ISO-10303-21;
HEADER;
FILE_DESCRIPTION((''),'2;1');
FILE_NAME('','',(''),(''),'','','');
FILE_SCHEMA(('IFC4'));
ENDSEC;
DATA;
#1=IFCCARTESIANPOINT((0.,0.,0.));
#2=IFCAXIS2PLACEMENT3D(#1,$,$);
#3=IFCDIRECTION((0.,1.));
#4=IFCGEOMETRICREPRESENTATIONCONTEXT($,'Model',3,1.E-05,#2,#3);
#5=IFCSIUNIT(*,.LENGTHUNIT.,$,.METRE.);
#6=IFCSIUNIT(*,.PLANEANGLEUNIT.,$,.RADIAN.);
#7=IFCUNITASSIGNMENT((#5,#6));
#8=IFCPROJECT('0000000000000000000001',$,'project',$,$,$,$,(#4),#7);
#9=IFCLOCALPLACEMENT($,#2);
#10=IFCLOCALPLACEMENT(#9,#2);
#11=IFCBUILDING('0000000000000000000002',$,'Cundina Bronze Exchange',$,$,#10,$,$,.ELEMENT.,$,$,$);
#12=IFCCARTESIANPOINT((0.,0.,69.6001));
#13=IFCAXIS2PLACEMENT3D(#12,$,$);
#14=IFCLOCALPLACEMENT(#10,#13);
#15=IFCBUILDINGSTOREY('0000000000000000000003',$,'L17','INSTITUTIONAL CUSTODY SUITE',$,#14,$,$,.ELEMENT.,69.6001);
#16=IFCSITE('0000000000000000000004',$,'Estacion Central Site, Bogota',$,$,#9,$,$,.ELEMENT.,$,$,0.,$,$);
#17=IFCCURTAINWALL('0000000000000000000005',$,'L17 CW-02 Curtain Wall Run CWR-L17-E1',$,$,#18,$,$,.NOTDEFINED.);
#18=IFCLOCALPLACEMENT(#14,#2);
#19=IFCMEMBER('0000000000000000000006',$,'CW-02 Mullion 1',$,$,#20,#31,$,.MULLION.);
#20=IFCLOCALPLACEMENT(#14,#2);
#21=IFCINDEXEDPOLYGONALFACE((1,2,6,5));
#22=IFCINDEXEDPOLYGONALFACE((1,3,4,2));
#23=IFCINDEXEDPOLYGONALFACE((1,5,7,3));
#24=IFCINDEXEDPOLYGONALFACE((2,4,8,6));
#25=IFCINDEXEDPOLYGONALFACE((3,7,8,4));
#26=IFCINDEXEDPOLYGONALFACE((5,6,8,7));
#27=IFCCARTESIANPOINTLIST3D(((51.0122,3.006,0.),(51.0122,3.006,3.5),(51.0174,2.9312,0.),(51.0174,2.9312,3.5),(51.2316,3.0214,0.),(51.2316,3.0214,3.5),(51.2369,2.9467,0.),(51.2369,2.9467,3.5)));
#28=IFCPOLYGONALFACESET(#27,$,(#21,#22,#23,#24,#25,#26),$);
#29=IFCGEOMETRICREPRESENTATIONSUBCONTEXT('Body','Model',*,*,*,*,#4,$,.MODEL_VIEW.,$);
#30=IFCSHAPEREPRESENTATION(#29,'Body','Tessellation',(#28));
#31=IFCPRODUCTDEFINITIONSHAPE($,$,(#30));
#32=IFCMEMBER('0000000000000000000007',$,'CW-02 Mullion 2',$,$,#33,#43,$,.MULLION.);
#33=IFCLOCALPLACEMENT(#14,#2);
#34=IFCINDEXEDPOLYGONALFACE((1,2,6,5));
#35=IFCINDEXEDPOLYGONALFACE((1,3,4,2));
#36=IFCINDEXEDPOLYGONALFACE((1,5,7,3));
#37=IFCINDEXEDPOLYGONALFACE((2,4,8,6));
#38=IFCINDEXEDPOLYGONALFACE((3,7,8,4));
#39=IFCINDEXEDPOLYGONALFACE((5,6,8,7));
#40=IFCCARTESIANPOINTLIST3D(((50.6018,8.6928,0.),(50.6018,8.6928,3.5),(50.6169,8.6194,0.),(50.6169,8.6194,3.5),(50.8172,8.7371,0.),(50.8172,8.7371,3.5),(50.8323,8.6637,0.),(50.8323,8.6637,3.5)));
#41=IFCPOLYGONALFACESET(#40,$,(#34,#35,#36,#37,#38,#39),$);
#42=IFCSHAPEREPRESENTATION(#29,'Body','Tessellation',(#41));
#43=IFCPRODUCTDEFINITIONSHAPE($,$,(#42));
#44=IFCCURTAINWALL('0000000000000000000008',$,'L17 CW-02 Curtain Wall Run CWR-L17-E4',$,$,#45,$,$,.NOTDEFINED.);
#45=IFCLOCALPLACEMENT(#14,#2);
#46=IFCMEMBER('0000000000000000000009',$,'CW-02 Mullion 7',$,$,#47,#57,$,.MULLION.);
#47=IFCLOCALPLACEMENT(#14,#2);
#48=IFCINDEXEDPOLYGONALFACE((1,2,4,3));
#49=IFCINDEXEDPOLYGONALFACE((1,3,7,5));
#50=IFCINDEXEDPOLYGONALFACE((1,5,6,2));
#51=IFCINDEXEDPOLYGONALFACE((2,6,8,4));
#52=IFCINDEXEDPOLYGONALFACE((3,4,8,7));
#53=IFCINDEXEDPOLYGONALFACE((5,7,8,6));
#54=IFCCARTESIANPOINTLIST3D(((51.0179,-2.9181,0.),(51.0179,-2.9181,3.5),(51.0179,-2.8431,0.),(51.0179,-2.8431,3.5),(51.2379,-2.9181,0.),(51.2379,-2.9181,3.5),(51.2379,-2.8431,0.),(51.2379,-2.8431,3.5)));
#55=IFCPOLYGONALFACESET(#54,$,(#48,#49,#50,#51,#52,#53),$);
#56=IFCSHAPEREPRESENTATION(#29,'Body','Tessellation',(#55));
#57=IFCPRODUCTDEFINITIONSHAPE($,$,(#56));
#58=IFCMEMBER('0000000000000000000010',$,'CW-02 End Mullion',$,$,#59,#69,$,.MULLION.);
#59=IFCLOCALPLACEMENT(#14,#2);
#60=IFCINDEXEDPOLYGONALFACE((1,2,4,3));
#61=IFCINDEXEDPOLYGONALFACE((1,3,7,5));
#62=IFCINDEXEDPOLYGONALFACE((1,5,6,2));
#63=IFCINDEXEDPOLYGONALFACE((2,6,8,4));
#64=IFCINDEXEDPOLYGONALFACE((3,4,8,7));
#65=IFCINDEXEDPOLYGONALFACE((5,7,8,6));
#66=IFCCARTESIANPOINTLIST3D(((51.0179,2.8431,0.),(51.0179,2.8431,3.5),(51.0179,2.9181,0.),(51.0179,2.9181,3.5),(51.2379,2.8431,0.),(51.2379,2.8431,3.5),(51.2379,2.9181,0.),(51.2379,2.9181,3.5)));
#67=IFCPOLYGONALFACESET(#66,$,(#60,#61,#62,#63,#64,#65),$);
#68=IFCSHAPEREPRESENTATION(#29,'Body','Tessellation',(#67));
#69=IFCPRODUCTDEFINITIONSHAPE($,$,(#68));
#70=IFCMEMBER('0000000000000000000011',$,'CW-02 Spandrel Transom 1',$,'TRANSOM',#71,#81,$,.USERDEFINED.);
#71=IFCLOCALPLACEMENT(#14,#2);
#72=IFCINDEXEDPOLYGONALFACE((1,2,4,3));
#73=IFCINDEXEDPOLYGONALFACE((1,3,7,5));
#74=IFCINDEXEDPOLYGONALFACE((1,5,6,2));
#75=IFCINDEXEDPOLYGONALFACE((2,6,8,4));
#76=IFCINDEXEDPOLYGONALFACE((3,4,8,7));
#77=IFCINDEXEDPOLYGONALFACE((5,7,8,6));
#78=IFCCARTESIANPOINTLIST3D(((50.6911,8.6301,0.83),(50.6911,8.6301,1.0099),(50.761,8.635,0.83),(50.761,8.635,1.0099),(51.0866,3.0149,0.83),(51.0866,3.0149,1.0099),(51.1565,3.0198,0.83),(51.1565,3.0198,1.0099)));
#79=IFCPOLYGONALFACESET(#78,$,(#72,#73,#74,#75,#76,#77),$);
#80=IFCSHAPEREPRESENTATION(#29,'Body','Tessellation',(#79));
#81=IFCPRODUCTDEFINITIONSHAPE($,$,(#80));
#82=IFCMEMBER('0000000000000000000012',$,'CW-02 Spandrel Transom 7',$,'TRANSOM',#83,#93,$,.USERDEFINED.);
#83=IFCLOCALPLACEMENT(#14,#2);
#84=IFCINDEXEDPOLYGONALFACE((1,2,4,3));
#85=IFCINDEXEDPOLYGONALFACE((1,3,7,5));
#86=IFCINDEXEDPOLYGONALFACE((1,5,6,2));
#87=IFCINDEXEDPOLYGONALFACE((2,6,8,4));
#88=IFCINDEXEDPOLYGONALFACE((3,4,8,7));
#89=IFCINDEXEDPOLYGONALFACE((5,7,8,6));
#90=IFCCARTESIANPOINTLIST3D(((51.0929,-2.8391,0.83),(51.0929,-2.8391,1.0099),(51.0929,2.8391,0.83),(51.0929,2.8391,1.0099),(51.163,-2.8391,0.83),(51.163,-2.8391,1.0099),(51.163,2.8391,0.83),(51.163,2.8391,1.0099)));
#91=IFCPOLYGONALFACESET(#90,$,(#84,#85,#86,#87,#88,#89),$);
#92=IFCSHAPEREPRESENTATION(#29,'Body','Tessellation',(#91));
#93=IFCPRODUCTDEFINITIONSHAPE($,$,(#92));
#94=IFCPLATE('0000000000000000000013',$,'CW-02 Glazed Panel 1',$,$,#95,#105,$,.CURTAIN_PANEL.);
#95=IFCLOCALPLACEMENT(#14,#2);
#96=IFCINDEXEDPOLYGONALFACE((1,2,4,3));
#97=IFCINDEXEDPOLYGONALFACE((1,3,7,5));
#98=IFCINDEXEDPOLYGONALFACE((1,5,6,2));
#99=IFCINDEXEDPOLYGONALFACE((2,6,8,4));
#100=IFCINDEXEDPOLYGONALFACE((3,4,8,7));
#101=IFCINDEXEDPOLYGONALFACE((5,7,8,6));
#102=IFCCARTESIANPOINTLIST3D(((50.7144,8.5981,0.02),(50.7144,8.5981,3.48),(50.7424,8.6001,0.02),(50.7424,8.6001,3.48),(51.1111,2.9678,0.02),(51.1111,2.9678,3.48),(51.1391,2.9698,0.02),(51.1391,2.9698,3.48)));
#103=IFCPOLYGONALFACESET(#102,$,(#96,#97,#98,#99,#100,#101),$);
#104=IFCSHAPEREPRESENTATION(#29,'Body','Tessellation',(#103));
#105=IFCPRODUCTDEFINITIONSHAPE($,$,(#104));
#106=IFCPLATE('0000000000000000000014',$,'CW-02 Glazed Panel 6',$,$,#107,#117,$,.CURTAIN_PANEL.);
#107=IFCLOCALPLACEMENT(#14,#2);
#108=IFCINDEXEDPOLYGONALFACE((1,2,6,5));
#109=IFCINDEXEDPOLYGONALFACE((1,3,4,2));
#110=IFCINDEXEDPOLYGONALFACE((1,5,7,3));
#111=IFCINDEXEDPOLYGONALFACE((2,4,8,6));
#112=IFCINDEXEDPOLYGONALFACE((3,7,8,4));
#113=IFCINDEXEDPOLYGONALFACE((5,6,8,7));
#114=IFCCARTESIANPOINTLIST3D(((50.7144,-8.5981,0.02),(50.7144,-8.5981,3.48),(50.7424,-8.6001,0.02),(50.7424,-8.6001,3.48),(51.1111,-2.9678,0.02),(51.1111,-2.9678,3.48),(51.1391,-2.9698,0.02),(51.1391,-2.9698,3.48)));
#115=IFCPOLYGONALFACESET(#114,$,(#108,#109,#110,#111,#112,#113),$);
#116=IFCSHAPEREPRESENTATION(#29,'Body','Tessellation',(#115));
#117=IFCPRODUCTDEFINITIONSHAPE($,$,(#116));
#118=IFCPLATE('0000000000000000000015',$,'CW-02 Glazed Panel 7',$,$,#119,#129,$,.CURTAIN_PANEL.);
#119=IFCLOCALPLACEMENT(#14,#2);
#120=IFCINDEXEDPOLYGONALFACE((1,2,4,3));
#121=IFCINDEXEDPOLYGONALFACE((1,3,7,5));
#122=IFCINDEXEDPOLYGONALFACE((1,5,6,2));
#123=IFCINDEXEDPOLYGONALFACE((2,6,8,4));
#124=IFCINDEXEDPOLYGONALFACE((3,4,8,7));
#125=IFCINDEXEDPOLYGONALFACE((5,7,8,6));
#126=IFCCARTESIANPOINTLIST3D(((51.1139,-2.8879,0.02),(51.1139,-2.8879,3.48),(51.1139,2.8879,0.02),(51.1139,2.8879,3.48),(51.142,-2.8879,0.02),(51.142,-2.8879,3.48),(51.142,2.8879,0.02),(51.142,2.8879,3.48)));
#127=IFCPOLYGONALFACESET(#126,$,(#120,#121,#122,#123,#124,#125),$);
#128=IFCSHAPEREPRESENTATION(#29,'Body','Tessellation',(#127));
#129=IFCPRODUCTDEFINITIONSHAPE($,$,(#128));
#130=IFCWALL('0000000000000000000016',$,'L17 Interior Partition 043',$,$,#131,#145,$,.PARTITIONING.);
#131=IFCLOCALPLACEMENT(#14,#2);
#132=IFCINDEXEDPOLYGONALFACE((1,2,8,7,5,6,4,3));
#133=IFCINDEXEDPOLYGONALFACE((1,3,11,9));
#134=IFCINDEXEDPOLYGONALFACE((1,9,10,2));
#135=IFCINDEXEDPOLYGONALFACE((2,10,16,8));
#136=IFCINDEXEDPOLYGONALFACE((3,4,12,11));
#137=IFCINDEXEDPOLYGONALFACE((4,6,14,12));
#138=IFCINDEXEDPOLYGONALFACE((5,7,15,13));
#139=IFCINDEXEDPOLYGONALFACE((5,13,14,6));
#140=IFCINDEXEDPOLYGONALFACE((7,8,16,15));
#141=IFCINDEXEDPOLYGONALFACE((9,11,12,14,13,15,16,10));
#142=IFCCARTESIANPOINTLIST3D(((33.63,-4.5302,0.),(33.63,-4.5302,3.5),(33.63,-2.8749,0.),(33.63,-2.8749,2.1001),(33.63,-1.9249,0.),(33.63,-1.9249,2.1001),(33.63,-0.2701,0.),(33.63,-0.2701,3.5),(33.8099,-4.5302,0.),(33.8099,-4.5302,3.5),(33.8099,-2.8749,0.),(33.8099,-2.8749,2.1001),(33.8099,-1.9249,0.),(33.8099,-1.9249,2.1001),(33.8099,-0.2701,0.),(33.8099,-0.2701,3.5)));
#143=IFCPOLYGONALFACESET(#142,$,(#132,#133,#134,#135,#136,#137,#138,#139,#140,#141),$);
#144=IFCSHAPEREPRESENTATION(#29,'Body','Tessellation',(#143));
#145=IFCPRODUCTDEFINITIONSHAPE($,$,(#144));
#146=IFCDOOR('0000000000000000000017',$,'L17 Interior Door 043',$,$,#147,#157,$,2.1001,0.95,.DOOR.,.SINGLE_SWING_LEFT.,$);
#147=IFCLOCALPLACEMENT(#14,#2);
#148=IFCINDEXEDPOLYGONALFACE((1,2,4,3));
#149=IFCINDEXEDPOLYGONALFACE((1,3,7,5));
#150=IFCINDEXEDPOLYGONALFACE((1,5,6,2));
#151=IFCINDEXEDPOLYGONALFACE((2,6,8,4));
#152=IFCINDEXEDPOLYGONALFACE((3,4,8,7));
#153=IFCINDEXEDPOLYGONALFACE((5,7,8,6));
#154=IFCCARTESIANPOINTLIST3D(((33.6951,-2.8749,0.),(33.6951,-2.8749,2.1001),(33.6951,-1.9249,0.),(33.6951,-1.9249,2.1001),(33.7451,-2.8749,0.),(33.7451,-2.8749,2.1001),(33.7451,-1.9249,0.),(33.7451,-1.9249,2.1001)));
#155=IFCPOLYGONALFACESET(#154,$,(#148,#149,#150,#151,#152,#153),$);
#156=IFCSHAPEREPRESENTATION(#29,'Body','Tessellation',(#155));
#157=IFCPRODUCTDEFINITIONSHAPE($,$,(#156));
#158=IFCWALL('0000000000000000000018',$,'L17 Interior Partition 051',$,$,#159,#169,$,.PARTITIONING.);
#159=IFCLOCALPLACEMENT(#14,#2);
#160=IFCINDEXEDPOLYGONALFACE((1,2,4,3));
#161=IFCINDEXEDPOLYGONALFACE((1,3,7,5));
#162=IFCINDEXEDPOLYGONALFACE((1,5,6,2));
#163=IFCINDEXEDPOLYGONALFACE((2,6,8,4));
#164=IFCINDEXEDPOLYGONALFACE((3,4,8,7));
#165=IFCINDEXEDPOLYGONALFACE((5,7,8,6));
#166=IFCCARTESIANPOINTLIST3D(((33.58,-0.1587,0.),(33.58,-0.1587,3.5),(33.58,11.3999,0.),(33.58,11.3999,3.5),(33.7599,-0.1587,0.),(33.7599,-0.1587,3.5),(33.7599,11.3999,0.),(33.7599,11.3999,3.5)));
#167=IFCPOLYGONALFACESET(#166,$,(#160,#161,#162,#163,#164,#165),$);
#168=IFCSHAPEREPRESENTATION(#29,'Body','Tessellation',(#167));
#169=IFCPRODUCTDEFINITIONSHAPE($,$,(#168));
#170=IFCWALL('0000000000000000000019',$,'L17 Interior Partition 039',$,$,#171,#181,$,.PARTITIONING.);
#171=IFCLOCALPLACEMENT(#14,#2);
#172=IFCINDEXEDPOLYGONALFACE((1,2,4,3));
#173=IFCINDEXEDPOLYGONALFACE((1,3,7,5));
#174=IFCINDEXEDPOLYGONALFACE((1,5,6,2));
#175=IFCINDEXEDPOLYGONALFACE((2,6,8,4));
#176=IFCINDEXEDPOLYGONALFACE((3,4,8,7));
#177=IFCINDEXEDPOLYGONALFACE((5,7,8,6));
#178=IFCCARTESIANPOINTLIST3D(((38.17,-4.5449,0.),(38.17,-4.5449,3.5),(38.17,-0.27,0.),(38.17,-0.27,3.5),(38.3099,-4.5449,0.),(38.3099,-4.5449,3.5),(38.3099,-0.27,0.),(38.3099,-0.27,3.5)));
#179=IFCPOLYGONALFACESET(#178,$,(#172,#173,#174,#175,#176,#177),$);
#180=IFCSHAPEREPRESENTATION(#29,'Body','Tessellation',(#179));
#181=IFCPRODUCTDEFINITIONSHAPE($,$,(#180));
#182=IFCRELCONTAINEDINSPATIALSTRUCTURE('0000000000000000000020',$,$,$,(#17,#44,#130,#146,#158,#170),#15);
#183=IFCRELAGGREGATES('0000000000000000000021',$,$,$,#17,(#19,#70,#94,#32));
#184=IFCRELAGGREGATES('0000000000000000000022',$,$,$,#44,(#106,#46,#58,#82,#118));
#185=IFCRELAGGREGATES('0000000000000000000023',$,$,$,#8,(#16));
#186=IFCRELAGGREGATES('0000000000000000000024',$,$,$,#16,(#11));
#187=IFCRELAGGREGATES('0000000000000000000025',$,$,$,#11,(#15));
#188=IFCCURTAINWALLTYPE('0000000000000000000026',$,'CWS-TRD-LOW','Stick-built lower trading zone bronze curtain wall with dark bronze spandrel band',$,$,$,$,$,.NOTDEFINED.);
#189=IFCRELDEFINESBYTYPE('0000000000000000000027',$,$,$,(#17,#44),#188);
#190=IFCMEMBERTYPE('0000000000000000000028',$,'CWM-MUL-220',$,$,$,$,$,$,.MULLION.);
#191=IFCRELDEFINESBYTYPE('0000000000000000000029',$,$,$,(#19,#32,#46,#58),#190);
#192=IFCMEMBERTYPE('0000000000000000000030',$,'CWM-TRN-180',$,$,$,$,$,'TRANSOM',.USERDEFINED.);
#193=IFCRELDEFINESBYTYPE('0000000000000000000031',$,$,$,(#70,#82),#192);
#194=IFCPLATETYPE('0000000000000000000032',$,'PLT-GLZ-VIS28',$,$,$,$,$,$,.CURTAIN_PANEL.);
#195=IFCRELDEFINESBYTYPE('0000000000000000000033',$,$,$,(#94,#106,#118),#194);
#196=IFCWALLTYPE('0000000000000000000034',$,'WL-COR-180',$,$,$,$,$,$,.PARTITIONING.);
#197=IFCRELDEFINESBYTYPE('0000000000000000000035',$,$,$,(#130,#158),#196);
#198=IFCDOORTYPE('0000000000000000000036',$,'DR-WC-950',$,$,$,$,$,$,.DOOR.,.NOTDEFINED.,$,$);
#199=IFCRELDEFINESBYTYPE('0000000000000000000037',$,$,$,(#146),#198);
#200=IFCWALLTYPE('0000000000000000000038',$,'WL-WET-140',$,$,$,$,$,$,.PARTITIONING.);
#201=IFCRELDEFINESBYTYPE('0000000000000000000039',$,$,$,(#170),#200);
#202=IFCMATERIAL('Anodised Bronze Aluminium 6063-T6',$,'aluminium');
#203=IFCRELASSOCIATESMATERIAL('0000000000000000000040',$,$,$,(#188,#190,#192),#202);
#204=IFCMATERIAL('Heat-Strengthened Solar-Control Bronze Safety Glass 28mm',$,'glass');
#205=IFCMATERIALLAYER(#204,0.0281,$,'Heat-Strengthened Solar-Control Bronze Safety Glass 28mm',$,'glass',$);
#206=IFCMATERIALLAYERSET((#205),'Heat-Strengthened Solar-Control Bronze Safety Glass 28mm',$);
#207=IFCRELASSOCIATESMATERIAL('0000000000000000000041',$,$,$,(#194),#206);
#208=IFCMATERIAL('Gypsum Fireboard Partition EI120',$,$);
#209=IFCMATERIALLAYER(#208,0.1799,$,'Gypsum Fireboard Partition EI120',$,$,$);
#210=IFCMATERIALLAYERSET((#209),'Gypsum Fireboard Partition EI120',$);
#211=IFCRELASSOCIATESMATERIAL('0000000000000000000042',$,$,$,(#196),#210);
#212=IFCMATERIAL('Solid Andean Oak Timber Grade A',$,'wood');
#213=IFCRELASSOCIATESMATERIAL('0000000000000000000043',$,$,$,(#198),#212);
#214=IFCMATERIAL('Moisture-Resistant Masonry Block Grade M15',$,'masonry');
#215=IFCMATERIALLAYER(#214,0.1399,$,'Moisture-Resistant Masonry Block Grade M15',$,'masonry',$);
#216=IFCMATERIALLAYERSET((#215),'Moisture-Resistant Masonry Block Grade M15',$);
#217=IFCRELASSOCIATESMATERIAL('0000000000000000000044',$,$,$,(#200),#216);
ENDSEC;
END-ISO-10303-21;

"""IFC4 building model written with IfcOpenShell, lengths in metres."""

from ifc_helpers import new_model, si_unit, direction, frame, frame_2d, origin, origin_2d, place, context, subcontext, project, spatial, rectangle, extrude, material, layer, layer_set, material_profile, profile_set, type_object, element, fill, aggregate, save


model = new_model("IFC4")

# Units and contexts
model_context = context("Model", 3, precision=1e-05, world=origin(), true_north=direction((0.0, 1.0)))
body_context = subcontext(model_context, "Body", "Model", "MODEL_VIEW")
ifc_project = project(units=[si_unit("LENGTHUNIT", "METRE"), si_unit("PLANEANGLEUNIT", "RADIAN")], contexts=[model_context])

# Site, building, storey
site_placement = place(None, origin())
site = spatial("IfcSite", under=ifc_project, at=site_placement, Name="Estacion Central Site, Bogota", CompositionType="ELEMENT", RefElevation=0.0)
building_placement = place(site_placement, origin())
building = spatial("IfcBuilding", under=site, at=building_placement, Name="Cundina Bronze Exchange", CompositionType="ELEMENT")
storey_placement = place(building_placement, frame((0.0, 0.0, 69.6001)))
storey = spatial("IfcBuildingStorey", under=building, at=storey_placement, Name="L17", Description="INSTITUTIONAL CUSTODY SUITE", CompositionType="ELEMENT", Elevation=69.6001)

# Curtain walls, members
ifc_material_1 = material(Name="Anodised Bronze Aluminium 6063-T6", Category="aluminium")
curtain_wall_type = type_object("IfcCurtainWallType", Name="CWS-TRD-LOW", Description="Stick-built lower trading zone bronze curtain wall with dark bronze spandrel band", PredefinedType="NOTDEFINED", material=ifc_material_1)
curtain_wall_1_placement = place(storey_placement, origin())
curtain_wall_1 = element("IfcCurtainWall", 1, at=curtain_wall_1_placement, inside=storey, type_object=curtain_wall_type, Name="L17 CW-02 Curtain Wall Run CWR-L17-E1", PredefinedType="NOTDEFINED")
ifc_material_profile_1 = material_profile(ifc_material_1, rectangle(XDim=0.075, YDim=0.22, at=origin_2d()), Name="AL75X220", Category="aluminium")
ifc_profile_set_1 = profile_set([ifc_material_profile_1], Name="Anodised Bronze Aluminium 6063-T6")
member_type_1 = type_object("IfcMemberType", Name="CWM-MUL-220", PredefinedType="MULLION", material=ifc_profile_set_1)
member_1_placement = place(storey_placement, frame((51.1245, 2.9763, 0.0), z_axis=(0.0, 0.0, 1.0), x_axis=(-0.070279, 0.997527, 0.0)))
member_1 = element("IfcMember", 2, at=member_1_placement, type_object=member_type_1, Name="CW-02 Mullion 1", PredefinedType="MULLION", context=body_context, shape_type="SweptSolid", body=[
    extrude(rectangle(XDim=0.075, YDim=0.22, at=origin_2d()), origin(), (0.0, 0.0, 1.0), 3.5),
])
member_2_placement = place(storey_placement, frame((50.717, 8.6782, 0.0), z_axis=(0.0, 0.0, 1.0), x_axis=(-0.20142, 0.979505, 0.0)))
member_2 = element("IfcMember", 3, at=member_2_placement, type_object=member_type_1, Name="CW-02 Mullion 2", PredefinedType="MULLION", context=body_context, shape_type="SweptSolid", body=[
    extrude(rectangle(XDim=0.075, YDim=0.22, at=origin_2d()), origin(), (0.0, 0.0, 1.0), 3.5),
])
curtain_wall_2_placement = place(storey_placement, origin())
curtain_wall_2 = element("IfcCurtainWall", 4, at=curtain_wall_2_placement, inside=storey, type_object=curtain_wall_type, Name="L17 CW-02 Curtain Wall Run CWR-L17-E4", PredefinedType="NOTDEFINED")
member_3_placement = place(storey_placement, frame((51.1279, -2.8806, 0.0), z_axis=(0.0, 0.0, 1.0), x_axis=(0.0, 1.0, 0.0)))
member_3 = element("IfcMember", 5, at=member_3_placement, type_object=member_type_1, Name="CW-02 Mullion 7", PredefinedType="MULLION", context=body_context, shape_type="SweptSolid", body=[
    extrude(rectangle(XDim=0.075, YDim=0.22, at=origin_2d()), origin(), (0.0, 0.0, 1.0), 3.5),
])
member_4_placement = place(storey_placement, frame((51.1279, 2.8806, 0.0), z_axis=(0.0, 0.0, 1.0), x_axis=(0.0, 1.0, 0.0)))
member_4 = element("IfcMember", 6, at=member_4_placement, type_object=member_type_1, Name="CW-02 End Mullion", PredefinedType="MULLION", context=body_context, shape_type="SweptSolid", body=[
    extrude(rectangle(XDim=0.075, YDim=0.22, at=origin_2d()), origin(), (0.0, 0.0, 1.0), 3.5),
])

# Members
ifc_material_profile_2 = material_profile(ifc_material_1, rectangle(XDim=0.0701, YDim=0.1799, at=origin_2d()), Name="AL70X180", Category="aluminium")
ifc_profile_set_2 = profile_set([ifc_material_profile_2], Name="Anodised Bronze Aluminium 6063-T6")
member_type_2 = type_object("IfcMemberType", Name="CWM-TRN-180", ElementType="TRANSOM", PredefinedType="USERDEFINED", material=ifc_profile_set_2)
member_5_placement = place(storey_placement, frame((51.1216, 3.0173, 0.9199), z_axis=(-0.070261, 0.997529, 0.0), x_axis=(-0.997529, -0.070261, 0.0)))
member_5 = element("IfcMember", 7, at=member_5_placement, type_object=member_type_2, Name="CW-02 Spandrel Transom 1", ObjectType="TRANSOM", PredefinedType="USERDEFINED", context=body_context, shape_type="SweptSolid", body=[
    extrude(rectangle(XDim=0.0701, YDim=0.1799, at=origin_2d()), origin(), (0.0, 0.0, 1.0), 5.6292),
])
member_6_placement = place(storey_placement, frame((51.1279, -2.8391, 0.9199), z_axis=(0.0, 1.0, 0.0), x_axis=(-1.0, 0.0, 0.0)))
member_6 = element("IfcMember", 8, at=member_6_placement, type_object=member_type_2, Name="CW-02 Spandrel Transom 7", ObjectType="TRANSOM", PredefinedType="USERDEFINED", context=body_context, shape_type="SweptSolid", body=[
    extrude(rectangle(XDim=0.0701, YDim=0.1799, at=origin_2d()), origin(), (0.0, 0.0, 1.0), 5.6782),
])

# Plates
ifc_material_2 = material(Name="Heat-Strengthened Solar-Control Bronze Safety Glass 28mm", Category="glass")
ifc_layer_1 = layer(ifc_material_2, 0.0281, Name="Heat-Strengthened Solar-Control Bronze Safety Glass 28mm", Category="glass")
ifc_layer_set_1 = layer_set([ifc_layer_1], Name="Heat-Strengthened Solar-Control Bronze Safety Glass 28mm")
plate_type = type_object("IfcPlateType", Name="PLT-GLZ-VIS28", PredefinedType="CURTAIN_PANEL", material=ifc_layer_set_1)
plate_1_placement = place(storey_placement, frame((50.9268, 5.7839, 0.02), z_axis=(0.0, 0.0, 1.0), x_axis=(-0.070279, 0.997527, 0.0)))
plate_1 = element("IfcPlate", 9, at=plate_1_placement, type_object=plate_type, Name="CW-02 Glazed Panel 1", PredefinedType="CURTAIN_PANEL", context=body_context, shape_type="SweptSolid", body=[
    extrude(rectangle(XDim=5.6443, YDim=0.0281, at=origin_2d()), origin(), (0.0, 0.0, 1.0), 3.46),
])
aggregate(curtain_wall_1, [member_1, member_5, plate_1, member_2])
plate_2_placement = place(storey_placement, frame((50.9268, -5.7839, 0.02), z_axis=(0.0, 0.0, 1.0), x_axis=(0.070279, 0.997527, 0.0)))
plate_2 = element("IfcPlate", 10, at=plate_2_placement, type_object=plate_type, Name="CW-02 Glazed Panel 6", PredefinedType="CURTAIN_PANEL", context=body_context, shape_type="SweptSolid", body=[
    extrude(rectangle(XDim=5.6443, YDim=0.0281, at=origin_2d()), origin(), (0.0, 0.0, 1.0), 3.46),
])
plate_3_placement = place(storey_placement, frame((51.1279, 0.0, 0.02), z_axis=(0.0, 0.0, 1.0), x_axis=(0.0, 1.0, 0.0)))
plate_3 = element("IfcPlate", 11, at=plate_3_placement, type_object=plate_type, Name="CW-02 Glazed Panel 7", PredefinedType="CURTAIN_PANEL", context=body_context, shape_type="SweptSolid", body=[
    extrude(rectangle(XDim=5.7759, YDim=0.0281, at=origin_2d()), origin(), (0.0, 0.0, 1.0), 3.46),
])
aggregate(curtain_wall_2, [plate_2, member_3, member_4, member_6, plate_3])

# Wall, opening, door
ifc_material_3 = material(Name="Gypsum Fireboard Partition EI120")
ifc_layer_2 = layer(ifc_material_3, 0.1799, Name="Gypsum Fireboard Partition EI120")
ifc_layer_set_2 = layer_set([ifc_layer_2], Name="Gypsum Fireboard Partition EI120")
wall_type_1 = type_object("IfcWallType", Name="WL-COR-180", PredefinedType="PARTITIONING", material=ifc_layer_set_2)
wall_1_placement = place(storey_placement, frame((33.72, -4.53, 0.0), z_axis=(0.0, 0.0, 1.0), x_axis=(0.0, 1.0, 0.0)))
wall_1 = element("IfcWall", 12, at=wall_1_placement, inside=storey, type_object=wall_type_1, Name="L17 Interior Partition 043", PredefinedType="PARTITIONING", context=body_context, shape_type="SweptSolid", body=[
    extrude(rectangle(XDim=4.26, YDim=0.1799, at=frame_2d((2.1299, 0.0))), origin(), (0.0, 0.0, 1.0), 3.5),
])
opening_placement = place(wall_1_placement, frame((1.655, 0.0, 0.0)))
opening = element("IfcOpeningElement", 13, at=opening_placement, cuts=wall_1, PredefinedType="OPENING", context=body_context, shape_type="SweptSolid", body=[
    extrude(rectangle(XDim=0.95, YDim=2.1001, at=frame_2d((0.4751, 1.05))), frame((0.0, 0.0999, 0.0), z_axis=(0.0, -1.0, 0.0), x_axis=(1.0, 0.0, 0.0)), (0.0, 0.0, 1.0), 0.2),
])
ifc_material_4 = material(Name="Solid Andean Oak Timber Grade A", Category="wood")
door_type = type_object("IfcDoorType", Name="DR-WC-950", OperationType="NOTDEFINED", PredefinedType="DOOR", material=ifc_material_4)
door_placement = place(opening_placement, origin())
door = element("IfcDoor", 14, at=door_placement, inside=storey, type_object=door_type, Name="L17 Interior Door 043", OperationType="SINGLE_SWING_LEFT", OverallHeight=2.1001, OverallWidth=0.95, PredefinedType="DOOR", context=body_context, shape_type="SweptSolid", body=[
    extrude(rectangle(XDim=0.95, YDim=2.1001, at=frame_2d((0.4751, 1.05))), frame((0.0, 0.0249, 0.0), z_axis=(0.0, -1.0, 0.0), x_axis=(1.0, 0.0, 0.0)), (0.0, 0.0, 1.0), 0.05),
])
fill(opening, door)

# Walls
wall_2_placement = place(storey_placement, frame((33.6699, -0.1587, 0.0), z_axis=(0.0, 0.0, 1.0), x_axis=(0.0, 1.0, 0.0)))
element("IfcWall", 15, at=wall_2_placement, inside=storey, type_object=wall_type_1, Name="L17 Interior Partition 051", PredefinedType="PARTITIONING", context=body_context, shape_type="SweptSolid", body=[
    extrude(rectangle(XDim=11.5586, YDim=0.1799, at=frame_2d((5.7793, 0.0))), origin(), (0.0, 0.0, 1.0), 3.5),
])
ifc_material_5 = material(Name="Moisture-Resistant Masonry Block Grade M15", Category="masonry")
ifc_layer_3 = layer(ifc_material_5, 0.1399, Name="Moisture-Resistant Masonry Block Grade M15", Category="masonry")
ifc_layer_set_3 = layer_set([ifc_layer_3], Name="Moisture-Resistant Masonry Block Grade M15")
wall_type_2 = type_object("IfcWallType", Name="WL-WET-140", PredefinedType="PARTITIONING", material=ifc_layer_set_3)
wall_3_placement = place(storey_placement, frame((38.24, -4.5449, 0.0), z_axis=(0.0, 0.0, 1.0), x_axis=(0.0, 1.0, 0.0)))
element("IfcWall", 16, at=wall_3_placement, inside=storey, type_object=wall_type_2, Name="L17 Interior Partition 039", PredefinedType="PARTITIONING", context=body_context, shape_type="SweptSolid", body=[
    extrude(rectangle(XDim=4.2749, YDim=0.1399, at=frame_2d((2.1375, 0.0))), origin(), (0.0, 0.0, 1.0), 3.5),
])

save(model, "model.ifc")
